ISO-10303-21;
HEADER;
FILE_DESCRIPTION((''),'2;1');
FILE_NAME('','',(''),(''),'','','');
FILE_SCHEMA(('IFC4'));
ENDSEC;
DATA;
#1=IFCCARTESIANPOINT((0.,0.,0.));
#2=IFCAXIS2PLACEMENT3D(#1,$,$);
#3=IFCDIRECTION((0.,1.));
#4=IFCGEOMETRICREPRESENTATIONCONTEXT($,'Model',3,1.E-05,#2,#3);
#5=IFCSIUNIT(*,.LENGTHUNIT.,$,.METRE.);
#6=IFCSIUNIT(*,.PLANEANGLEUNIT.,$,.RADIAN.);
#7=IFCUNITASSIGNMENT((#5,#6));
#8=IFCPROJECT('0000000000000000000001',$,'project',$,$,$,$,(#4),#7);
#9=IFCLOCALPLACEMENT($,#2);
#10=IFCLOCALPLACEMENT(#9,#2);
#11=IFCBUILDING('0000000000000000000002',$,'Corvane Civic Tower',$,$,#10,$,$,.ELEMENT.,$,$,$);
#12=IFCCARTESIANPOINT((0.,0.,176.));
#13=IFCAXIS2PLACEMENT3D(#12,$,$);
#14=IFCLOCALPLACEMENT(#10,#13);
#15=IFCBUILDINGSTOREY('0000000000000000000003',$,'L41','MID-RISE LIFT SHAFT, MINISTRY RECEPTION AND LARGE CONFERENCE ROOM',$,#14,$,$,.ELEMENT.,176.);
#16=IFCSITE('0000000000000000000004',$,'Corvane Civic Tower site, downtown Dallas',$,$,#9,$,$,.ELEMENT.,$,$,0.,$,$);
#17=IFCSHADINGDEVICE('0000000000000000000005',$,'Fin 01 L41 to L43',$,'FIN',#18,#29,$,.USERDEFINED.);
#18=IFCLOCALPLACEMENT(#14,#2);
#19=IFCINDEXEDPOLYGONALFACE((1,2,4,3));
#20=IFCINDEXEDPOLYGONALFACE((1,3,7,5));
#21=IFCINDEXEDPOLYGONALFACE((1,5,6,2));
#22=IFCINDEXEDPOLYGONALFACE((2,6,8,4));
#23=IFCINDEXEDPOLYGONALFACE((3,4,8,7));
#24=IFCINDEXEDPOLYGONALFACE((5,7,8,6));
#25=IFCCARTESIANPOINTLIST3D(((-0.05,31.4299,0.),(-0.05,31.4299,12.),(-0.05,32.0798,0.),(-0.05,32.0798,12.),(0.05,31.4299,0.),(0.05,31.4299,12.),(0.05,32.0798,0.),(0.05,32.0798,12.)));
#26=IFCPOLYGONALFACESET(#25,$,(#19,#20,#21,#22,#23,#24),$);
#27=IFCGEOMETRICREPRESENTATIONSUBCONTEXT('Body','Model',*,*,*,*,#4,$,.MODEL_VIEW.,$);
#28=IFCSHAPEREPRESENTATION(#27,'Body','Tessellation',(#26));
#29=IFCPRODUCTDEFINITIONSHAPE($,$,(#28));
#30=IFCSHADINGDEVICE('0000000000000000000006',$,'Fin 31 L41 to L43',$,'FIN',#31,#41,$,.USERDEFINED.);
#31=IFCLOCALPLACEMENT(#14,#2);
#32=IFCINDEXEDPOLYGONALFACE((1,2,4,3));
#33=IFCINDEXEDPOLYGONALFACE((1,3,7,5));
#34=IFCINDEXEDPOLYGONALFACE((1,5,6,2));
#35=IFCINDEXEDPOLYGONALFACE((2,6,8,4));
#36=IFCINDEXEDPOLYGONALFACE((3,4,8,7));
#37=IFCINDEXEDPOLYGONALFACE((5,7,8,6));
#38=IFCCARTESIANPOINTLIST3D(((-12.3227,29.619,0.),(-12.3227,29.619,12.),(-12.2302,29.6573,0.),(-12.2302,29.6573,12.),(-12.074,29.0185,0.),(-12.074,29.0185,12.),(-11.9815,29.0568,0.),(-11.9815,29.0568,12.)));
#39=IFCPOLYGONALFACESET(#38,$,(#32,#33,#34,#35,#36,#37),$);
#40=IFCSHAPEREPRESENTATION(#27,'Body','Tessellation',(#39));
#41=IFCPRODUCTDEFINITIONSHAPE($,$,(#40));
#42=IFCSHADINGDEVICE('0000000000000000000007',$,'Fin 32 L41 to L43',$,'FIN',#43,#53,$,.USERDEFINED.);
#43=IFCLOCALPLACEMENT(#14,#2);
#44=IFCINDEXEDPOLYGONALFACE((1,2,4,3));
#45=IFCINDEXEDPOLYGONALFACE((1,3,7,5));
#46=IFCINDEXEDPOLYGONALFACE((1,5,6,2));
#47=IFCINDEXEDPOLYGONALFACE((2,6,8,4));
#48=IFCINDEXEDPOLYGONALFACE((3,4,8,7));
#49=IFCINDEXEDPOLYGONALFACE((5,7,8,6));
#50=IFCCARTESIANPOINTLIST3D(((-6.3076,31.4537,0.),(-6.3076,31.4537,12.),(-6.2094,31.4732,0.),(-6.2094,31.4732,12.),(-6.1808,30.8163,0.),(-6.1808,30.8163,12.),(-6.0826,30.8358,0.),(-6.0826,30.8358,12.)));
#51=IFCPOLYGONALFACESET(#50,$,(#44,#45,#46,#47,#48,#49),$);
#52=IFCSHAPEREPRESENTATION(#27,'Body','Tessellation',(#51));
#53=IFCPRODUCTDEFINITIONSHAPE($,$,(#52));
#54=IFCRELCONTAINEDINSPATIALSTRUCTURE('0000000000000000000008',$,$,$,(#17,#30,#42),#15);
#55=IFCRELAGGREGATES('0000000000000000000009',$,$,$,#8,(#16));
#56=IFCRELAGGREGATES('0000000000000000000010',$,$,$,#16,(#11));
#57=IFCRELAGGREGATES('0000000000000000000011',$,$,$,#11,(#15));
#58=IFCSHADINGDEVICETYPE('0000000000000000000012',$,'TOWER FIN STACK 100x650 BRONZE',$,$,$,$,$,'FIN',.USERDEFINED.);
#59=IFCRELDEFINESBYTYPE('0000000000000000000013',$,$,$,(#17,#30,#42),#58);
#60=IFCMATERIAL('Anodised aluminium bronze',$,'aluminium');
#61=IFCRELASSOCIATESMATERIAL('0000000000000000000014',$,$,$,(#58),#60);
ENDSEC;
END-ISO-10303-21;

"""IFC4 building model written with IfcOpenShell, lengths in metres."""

from ifc_helpers import new_model, si_unit, direction, frame, origin, origin_2d, place, context, subcontext, project, spatial, rectangle, extrude, material, material_profile, profile_set, type_object, element, save


model = new_model("IFC4")

# Units and contexts
model_context = context("Model", 3, precision=1e-05, world=origin(), true_north=direction((0.0, 1.0)))
body_context = subcontext(model_context, "Body", "Model", "MODEL_VIEW")
ifc_project = project(units=[si_unit("LENGTHUNIT", "METRE"), si_unit("PLANEANGLEUNIT", "RADIAN")], contexts=[model_context])

# Site, building, storey
site_placement = place(None, origin())
site = spatial("IfcSite", under=ifc_project, at=site_placement, Name="Corvane Civic Tower site, downtown Dallas", CompositionType="ELEMENT", RefElevation=0.0)
building_placement = place(site_placement, origin())
building = spatial("IfcBuilding", under=site, at=building_placement, Name="Corvane Civic Tower", CompositionType="ELEMENT")
storey_placement = place(building_placement, frame((0.0, 0.0, 176.0)))
storey = spatial("IfcBuildingStorey", under=building, at=storey_placement, Name="L41", Description="MID-RISE LIFT SHAFT, MINISTRY RECEPTION AND LARGE CONFERENCE ROOM", CompositionType="ELEMENT", Elevation=176.0)

# Shading devices
ifc_material_1 = material(Name="Anodised aluminium bronze", Category="aluminium")
ifc_material_profile_1 = material_profile(ifc_material_1, rectangle(XDim=0.1001, YDim=0.6499, at=origin_2d()), Name="TOWER FIN STACK 100x650 BRONZE")
ifc_profile_set_1 = profile_set([ifc_material_profile_1], Name="Anodised aluminium bronze")
shading_device_type = type_object("IfcShadingDeviceType", Name="TOWER FIN STACK 100x650 BRONZE", ElementType="FIN", PredefinedType="USERDEFINED", material=ifc_profile_set_1)
for number, where, z_axis, x_axis, name in (
    (1, (0.0, 31.7549, 0.0), (0.0, 0.0, 1.0), (1.0, 0.0, 0.0), "Fin 01 L41 to L43"),
    (2, (-12.1521, 29.3379, 0.0), (0.0, 0.0, 1.0), (0.92388, 0.382683, 0.0), "Fin 31 L41 to L43"),
    (3, (-6.1951, 31.1448, 0.0), (0.0, 0.0, 1.0), (0.980785, 0.19509, 0.0), "Fin 32 L41 to L43"),
):
    element("IfcShadingDevice", number, at=place(storey_placement, frame(where, z_axis=z_axis, x_axis=x_axis)), inside=storey, type_object=shading_device_type, Name=name, ObjectType="FIN", PredefinedType="USERDEFINED", context=body_context, shape_type="SweptSolid", body=[
        extrude(rectangle(XDim=0.1001, YDim=0.6499, at=origin_2d()), origin(), (0.0, 0.0, 1.0), 12.0),
    ])

save(model, "model.ifc")
